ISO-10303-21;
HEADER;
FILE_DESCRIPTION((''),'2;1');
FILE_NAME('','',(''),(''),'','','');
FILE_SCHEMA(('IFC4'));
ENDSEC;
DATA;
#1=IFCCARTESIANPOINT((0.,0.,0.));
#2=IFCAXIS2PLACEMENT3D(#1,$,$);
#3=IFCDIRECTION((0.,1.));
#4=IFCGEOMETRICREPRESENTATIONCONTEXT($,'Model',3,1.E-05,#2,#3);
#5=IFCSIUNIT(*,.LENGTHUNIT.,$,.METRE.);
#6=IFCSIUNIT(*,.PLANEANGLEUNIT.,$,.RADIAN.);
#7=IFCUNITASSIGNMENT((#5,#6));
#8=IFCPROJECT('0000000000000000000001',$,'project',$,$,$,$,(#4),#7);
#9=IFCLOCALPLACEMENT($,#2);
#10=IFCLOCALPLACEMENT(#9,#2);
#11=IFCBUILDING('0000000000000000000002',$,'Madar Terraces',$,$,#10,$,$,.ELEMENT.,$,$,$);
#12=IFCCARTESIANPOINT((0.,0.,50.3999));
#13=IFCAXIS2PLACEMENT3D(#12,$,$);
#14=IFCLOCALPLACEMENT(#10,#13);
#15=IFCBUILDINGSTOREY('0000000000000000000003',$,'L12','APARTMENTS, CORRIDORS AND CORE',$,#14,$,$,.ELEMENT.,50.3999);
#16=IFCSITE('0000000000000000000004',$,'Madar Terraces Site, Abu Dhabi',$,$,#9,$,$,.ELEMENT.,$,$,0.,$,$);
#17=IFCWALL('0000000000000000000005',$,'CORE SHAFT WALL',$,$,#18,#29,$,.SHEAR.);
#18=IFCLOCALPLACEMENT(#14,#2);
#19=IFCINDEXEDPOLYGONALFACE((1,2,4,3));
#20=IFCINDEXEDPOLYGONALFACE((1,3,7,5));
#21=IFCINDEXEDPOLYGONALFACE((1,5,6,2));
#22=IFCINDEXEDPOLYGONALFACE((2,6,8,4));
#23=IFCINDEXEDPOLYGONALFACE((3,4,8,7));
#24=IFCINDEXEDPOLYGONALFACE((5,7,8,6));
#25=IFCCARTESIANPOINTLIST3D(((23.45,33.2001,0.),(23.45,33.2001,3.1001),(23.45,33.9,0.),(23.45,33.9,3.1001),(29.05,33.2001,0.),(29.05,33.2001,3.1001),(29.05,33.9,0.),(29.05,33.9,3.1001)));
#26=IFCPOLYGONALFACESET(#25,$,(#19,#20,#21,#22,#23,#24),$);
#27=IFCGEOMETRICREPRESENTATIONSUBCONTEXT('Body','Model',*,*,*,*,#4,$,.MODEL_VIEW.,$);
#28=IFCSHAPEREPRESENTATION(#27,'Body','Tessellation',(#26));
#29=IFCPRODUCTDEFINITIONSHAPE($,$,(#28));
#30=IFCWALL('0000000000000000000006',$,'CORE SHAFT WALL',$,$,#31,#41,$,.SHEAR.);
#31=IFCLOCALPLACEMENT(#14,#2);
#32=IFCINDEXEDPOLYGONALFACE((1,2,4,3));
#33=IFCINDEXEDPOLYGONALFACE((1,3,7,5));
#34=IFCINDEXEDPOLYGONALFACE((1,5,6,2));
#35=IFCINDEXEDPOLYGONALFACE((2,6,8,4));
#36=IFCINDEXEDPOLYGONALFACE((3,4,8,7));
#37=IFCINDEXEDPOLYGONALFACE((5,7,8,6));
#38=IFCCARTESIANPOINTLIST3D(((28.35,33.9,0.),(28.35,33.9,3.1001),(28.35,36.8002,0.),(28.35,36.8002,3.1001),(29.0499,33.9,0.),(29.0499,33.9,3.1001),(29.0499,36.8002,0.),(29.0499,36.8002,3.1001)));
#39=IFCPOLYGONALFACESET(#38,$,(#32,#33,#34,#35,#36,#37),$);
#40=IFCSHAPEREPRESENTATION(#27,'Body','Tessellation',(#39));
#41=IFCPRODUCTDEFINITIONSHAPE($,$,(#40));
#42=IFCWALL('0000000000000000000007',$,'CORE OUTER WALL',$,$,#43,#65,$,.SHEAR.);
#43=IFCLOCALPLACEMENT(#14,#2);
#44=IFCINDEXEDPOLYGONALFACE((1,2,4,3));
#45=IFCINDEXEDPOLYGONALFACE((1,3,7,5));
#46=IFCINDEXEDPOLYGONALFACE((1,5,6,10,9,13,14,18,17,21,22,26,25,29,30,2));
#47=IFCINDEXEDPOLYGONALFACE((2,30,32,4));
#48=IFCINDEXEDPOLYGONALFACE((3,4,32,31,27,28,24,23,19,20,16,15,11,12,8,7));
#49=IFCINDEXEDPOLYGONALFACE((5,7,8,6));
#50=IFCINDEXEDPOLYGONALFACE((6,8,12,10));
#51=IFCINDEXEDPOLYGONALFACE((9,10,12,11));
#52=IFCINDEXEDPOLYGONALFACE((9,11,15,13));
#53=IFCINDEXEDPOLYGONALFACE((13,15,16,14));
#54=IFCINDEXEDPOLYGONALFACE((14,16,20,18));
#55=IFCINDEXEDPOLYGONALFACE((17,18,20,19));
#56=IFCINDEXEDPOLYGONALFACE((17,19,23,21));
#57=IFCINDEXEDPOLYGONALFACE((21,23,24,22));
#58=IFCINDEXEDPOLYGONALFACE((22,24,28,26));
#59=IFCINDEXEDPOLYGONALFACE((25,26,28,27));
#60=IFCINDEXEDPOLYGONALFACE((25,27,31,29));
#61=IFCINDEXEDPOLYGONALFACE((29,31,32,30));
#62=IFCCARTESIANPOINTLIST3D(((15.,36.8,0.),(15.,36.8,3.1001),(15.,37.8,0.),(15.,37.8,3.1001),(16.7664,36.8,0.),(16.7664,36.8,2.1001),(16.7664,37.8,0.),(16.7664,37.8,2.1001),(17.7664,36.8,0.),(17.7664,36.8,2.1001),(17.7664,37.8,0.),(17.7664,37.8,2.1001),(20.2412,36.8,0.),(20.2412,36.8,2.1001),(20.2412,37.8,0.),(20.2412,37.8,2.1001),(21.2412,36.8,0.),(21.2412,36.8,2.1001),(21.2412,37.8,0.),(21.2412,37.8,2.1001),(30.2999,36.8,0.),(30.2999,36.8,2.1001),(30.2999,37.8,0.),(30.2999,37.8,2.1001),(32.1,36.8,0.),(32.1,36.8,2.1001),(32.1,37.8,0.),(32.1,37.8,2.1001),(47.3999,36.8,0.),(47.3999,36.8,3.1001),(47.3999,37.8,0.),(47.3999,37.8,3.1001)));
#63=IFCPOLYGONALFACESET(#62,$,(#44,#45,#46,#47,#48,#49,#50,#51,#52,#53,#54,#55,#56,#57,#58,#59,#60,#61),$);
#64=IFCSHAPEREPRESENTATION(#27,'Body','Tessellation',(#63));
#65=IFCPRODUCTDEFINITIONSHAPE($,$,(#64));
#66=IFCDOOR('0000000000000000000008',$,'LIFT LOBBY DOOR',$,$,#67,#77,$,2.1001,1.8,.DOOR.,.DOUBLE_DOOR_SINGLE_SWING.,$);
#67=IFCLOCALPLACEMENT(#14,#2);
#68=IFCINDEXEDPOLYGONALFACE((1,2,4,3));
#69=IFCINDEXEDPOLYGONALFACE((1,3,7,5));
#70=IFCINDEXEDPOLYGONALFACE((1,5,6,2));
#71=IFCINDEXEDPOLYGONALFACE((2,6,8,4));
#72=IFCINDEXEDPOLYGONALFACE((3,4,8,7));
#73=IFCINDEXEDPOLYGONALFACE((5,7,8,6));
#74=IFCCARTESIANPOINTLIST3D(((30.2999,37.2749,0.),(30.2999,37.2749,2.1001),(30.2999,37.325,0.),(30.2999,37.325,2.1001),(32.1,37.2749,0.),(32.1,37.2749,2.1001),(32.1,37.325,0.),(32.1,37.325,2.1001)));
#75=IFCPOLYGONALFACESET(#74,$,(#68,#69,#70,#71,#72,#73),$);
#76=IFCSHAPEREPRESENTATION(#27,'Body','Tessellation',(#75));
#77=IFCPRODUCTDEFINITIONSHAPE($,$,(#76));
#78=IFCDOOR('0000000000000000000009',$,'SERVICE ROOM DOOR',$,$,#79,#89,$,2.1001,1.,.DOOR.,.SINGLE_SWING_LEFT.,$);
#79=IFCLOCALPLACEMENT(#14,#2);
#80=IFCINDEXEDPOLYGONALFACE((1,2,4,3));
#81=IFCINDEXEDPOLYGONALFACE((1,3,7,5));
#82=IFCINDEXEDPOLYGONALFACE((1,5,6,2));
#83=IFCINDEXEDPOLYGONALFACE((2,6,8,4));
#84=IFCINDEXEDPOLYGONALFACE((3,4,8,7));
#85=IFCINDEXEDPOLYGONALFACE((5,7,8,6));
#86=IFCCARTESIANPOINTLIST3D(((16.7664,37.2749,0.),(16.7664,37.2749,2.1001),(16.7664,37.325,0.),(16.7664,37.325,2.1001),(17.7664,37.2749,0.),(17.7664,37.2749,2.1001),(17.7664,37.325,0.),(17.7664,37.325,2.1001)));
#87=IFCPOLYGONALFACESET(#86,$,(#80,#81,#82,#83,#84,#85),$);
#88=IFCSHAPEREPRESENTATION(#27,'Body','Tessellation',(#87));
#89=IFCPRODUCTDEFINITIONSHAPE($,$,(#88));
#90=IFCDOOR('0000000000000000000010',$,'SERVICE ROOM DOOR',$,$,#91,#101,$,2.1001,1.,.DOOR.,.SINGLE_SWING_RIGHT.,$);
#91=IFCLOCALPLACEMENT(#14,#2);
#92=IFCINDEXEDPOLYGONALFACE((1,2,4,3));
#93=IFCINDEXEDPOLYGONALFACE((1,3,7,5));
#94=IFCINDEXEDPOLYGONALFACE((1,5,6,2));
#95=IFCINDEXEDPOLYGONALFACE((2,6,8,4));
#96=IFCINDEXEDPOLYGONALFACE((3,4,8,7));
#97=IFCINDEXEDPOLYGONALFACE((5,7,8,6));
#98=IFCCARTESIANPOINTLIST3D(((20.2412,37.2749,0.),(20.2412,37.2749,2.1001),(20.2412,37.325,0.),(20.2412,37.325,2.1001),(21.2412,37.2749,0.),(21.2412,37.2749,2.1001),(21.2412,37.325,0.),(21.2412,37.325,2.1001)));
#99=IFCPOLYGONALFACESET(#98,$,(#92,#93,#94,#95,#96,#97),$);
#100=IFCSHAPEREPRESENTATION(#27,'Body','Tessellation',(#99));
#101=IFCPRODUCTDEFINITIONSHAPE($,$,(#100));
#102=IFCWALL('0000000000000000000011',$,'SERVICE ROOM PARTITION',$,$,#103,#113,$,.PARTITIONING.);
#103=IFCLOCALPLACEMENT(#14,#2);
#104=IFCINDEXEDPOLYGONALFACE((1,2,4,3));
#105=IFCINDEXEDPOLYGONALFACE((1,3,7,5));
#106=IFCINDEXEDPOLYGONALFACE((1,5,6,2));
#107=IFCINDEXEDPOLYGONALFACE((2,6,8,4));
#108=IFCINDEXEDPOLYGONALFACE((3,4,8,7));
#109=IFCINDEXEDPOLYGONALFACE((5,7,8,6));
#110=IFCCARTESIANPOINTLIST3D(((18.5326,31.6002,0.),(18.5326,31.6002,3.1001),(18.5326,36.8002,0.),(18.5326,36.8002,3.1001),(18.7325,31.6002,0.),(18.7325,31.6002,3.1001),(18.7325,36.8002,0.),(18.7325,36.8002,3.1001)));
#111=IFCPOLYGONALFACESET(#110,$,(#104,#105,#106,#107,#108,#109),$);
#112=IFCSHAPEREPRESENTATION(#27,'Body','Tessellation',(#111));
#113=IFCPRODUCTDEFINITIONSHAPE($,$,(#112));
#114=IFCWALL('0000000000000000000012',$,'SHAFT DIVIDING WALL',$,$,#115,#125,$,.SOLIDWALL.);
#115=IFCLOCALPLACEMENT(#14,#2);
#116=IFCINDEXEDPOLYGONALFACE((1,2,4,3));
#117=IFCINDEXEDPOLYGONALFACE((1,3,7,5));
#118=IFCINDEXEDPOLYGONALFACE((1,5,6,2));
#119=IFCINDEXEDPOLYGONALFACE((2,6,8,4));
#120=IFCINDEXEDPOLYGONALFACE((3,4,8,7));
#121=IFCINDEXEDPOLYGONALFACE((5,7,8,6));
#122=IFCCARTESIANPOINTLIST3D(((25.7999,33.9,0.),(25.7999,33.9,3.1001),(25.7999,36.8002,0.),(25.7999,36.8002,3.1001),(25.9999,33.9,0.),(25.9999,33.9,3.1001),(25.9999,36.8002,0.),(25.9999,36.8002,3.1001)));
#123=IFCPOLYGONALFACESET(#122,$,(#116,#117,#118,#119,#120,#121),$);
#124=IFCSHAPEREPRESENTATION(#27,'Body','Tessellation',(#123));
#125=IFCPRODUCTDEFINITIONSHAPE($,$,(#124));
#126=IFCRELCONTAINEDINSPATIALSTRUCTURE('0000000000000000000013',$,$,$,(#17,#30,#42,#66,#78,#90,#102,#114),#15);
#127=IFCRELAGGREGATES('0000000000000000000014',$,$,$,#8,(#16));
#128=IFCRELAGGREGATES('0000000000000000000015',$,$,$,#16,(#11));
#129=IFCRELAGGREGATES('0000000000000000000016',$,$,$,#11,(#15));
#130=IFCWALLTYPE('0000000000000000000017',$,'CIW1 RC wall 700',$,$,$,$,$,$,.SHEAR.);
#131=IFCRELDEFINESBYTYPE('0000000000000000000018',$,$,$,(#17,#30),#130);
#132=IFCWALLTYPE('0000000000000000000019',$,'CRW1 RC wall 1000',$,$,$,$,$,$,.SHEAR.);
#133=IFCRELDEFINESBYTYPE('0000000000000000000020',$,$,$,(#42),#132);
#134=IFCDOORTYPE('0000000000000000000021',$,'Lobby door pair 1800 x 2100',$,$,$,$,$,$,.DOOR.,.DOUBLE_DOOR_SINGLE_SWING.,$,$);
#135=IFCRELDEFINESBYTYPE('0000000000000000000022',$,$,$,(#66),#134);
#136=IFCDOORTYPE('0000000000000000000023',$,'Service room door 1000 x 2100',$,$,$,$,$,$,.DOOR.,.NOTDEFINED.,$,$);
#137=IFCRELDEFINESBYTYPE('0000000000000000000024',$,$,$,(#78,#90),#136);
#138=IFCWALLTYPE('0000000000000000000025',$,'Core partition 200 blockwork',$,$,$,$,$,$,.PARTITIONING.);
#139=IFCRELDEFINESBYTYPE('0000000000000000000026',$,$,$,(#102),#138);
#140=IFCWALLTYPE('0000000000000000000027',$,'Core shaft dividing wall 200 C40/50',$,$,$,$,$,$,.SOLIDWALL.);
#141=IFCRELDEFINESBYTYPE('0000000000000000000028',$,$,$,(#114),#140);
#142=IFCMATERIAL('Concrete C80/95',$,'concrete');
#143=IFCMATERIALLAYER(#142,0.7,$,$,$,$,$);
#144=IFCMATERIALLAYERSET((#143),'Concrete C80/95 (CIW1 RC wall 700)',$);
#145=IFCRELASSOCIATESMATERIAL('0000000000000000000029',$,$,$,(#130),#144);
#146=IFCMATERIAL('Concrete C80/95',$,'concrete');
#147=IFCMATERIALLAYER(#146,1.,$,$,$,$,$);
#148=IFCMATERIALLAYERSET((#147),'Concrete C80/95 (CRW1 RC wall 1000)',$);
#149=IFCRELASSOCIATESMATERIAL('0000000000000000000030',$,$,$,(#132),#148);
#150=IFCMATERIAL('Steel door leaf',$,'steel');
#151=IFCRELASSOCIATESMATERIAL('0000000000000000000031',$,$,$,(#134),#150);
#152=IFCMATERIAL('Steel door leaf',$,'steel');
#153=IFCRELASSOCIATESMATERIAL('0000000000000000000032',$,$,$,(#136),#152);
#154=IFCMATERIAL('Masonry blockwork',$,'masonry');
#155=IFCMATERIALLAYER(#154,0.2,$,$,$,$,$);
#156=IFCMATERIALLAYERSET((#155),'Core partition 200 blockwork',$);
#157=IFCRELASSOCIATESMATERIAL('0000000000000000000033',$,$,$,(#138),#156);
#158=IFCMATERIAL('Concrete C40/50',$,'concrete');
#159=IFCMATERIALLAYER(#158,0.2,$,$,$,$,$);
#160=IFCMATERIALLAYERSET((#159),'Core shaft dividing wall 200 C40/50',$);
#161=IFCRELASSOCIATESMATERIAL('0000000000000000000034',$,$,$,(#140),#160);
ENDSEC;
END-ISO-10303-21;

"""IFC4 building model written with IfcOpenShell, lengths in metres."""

from ifc_helpers import new_model, si_unit, direction, frame, frame_2d, origin, place, context, subcontext, project, spatial, rectangle, extrude, material, layer, layer_set, type_object, element, fill, save


model = new_model("IFC4")

# Units and contexts
model_context = context("Model", 3, precision=1e-05, world=origin(), true_north=direction((0.0, 1.0)))
body_context = subcontext(model_context, "Body", "Model", "MODEL_VIEW")
ifc_project = project(units=[si_unit("LENGTHUNIT", "METRE"), si_unit("PLANEANGLEUNIT", "RADIAN")], contexts=[model_context])

# Site, building, storey
site_placement = place(None, origin())
site = spatial("IfcSite", under=ifc_project, at=site_placement, Name="Madar Terraces Site, Abu Dhabi", CompositionType="ELEMENT", RefElevation=0.0)
building_placement = place(site_placement, origin())
building = spatial("IfcBuilding", under=site, at=building_placement, Name="Madar Terraces", CompositionType="ELEMENT")
storey_placement = place(building_placement, frame((0.0, 0.0, 50.3999)))
storey = spatial("IfcBuildingStorey", under=building, at=storey_placement, Name="L12", Description="APARTMENTS, CORRIDORS AND CORE", CompositionType="ELEMENT", Elevation=50.3999)

# Walls
ifc_material_1 = material(Name="Concrete C80/95", Category="concrete")
ifc_layer_1 = layer(ifc_material_1, 0.7)
ifc_layer_set_1 = layer_set([ifc_layer_1], Name="Concrete C80/95 (CIW1 RC wall 700)")
wall_type_1 = type_object("IfcWallType", Name="CIW1 RC wall 700", PredefinedType="SHEAR", material=ifc_layer_set_1)
wall_1_placement = place(storey_placement, frame((23.45, 33.55, 0.0), z_axis=(0.0, 0.0, 1.0), x_axis=(1.0, 0.0, 0.0)))
element("IfcWall", 1, at=wall_1_placement, inside=storey, type_object=wall_type_1, Name="CORE SHAFT WALL", PredefinedType="SHEAR", context=body_context, shape_type="SweptSolid", body=[
    extrude(rectangle(XDim=5.6001, YDim=0.7, at=frame_2d((2.8, 0.0))), origin(), (0.0, 0.0, 1.0), 3.1001),
])
wall_2_placement = place(storey_placement, frame((28.7, 33.8999, 0.0), z_axis=(0.0, 0.0, 1.0), x_axis=(0.0, 1.0, 0.0)))
element("IfcWall", 2, at=wall_2_placement, inside=storey, type_object=wall_type_1, Name="CORE SHAFT WALL", PredefinedType="SHEAR", context=body_context, shape_type="SweptSolid", body=[
    extrude(rectangle(XDim=2.9001, YDim=0.7, at=frame_2d((1.4502, 0.0))), origin(), (0.0, 0.0, 1.0), 3.1001),
])

# Wall, openings, doors
ifc_material_2 = material(Name="Concrete C80/95", Category="concrete")
ifc_layer_2 = layer(ifc_material_2, 1.0)
ifc_layer_set_2 = layer_set([ifc_layer_2], Name="Concrete C80/95 (CRW1 RC wall 1000)")
wall_type_2 = type_object("IfcWallType", Name="CRW1 RC wall 1000", PredefinedType="SHEAR", material=ifc_layer_set_2)
wall_3_placement = place(storey_placement, frame((15.0, 37.3, 0.0), z_axis=(0.0, 0.0, 1.0), x_axis=(1.0, 0.0, 0.0)))
wall_3 = element("IfcWall", 3, at=wall_3_placement, inside=storey, type_object=wall_type_2, Name="CORE OUTER WALL", PredefinedType="SHEAR", context=body_context, shape_type="SweptSolid", body=[
    extrude(rectangle(XDim=32.3999, YDim=1.0, at=frame_2d((16.2, 0.0))), origin(), (0.0, 0.0, 1.0), 3.1001),
])
opening_1_placement = place(wall_3_placement, frame((15.3, 0.0, 0.0)))
opening_1 = element("IfcOpeningElement", 4, at=opening_1_placement, cuts=wall_3, PredefinedType="OPENING", context=body_context, shape_type="SweptSolid", body=[
    extrude(rectangle(XDim=1.8, YDim=2.1001, at=frame_2d((0.8999, 1.05))), frame((0.0, 0.51, 0.0), z_axis=(0.0, -1.0, 0.0), x_axis=(1.0, 0.0, 0.0)), (0.0, 0.0, 1.0), 1.02),
])
opening_2_placement = place(wall_3_placement, frame((1.7664, 0.0, 0.0)))
opening_2 = element("IfcOpeningElement", 5, at=opening_2_placement, cuts=wall_3, PredefinedType="OPENING", context=body_context, shape_type="SweptSolid", body=[
    extrude(rectangle(XDim=1.0, YDim=2.1001, at=frame_2d((0.5, 1.05))), frame((0.0, 0.51, 0.0), z_axis=(0.0, -1.0, 0.0), x_axis=(1.0, 0.0, 0.0)), (0.0, 0.0, 1.0), 1.02),
])
opening_3_placement = place(wall_3_placement, frame((5.2412, 0.0, 0.0)))
opening_3 = element("IfcOpeningElement", 6, at=opening_3_placement, cuts=wall_3, PredefinedType="OPENING", context=body_context, shape_type="SweptSolid", body=[
    extrude(rectangle(XDim=1.0, YDim=2.1001, at=frame_2d((0.5, 1.05))), frame((0.0, 0.51, 0.0), z_axis=(0.0, -1.0, 0.0), x_axis=(1.0, 0.0, 0.0)), (0.0, 0.0, 1.0), 1.02),
])
ifc_material_3 = material(Name="Steel door leaf", Category="steel")
door_type_1 = type_object("IfcDoorType", Name="Lobby door pair 1800 x 2100", OperationType="DOUBLE_DOOR_SINGLE_SWING", PredefinedType="DOOR", material=ifc_material_3)
door_1_placement = place(opening_1_placement, origin())
door_1 = element("IfcDoor", 7, at=door_1_placement, inside=storey, type_object=door_type_1, Name="LIFT LOBBY DOOR", OperationType="DOUBLE_DOOR_SINGLE_SWING", OverallHeight=2.1001, OverallWidth=1.8, PredefinedType="DOOR", context=body_context, shape_type="SweptSolid", body=[
    extrude(rectangle(XDim=1.8, YDim=2.1001, at=frame_2d((0.8999, 1.05))), frame((0.0, 0.0249, 0.0), z_axis=(0.0, -1.0, 0.0), x_axis=(1.0, 0.0, 0.0)), (0.0, 0.0, 1.0), 0.05),
])
fill(opening_1, door_1)
ifc_material_4 = material(Name="Steel door leaf", Category="steel")
door_type_2 = type_object("IfcDoorType", Name="Service room door 1000 x 2100", OperationType="NOTDEFINED", PredefinedType="DOOR", material=ifc_material_4)
door_2_placement = place(opening_2_placement, origin())
door_2 = element("IfcDoor", 8, at=door_2_placement, inside=storey, type_object=door_type_2, Name="SERVICE ROOM DOOR", OperationType="SINGLE_SWING_LEFT", OverallHeight=2.1001, OverallWidth=1.0, PredefinedType="DOOR", context=body_context, shape_type="SweptSolid", body=[
    extrude(rectangle(XDim=1.0, YDim=2.1001, at=frame_2d((0.5, 1.05))), frame((0.0, 0.0249, 0.0), z_axis=(0.0, -1.0, 0.0), x_axis=(1.0, 0.0, 0.0)), (0.0, 0.0, 1.0), 0.05),
])
fill(opening_2, door_2)
door_3_placement = place(opening_3_placement, origin())
door_3 = element("IfcDoor", 9, at=door_3_placement, inside=storey, type_object=door_type_2, Name="SERVICE ROOM DOOR", OperationType="SINGLE_SWING_RIGHT", OverallHeight=2.1001, OverallWidth=1.0, PredefinedType="DOOR", context=body_context, shape_type="SweptSolid", body=[
    extrude(rectangle(XDim=1.0, YDim=2.1001, at=frame_2d((0.5, 1.05))), frame((0.0, 0.0249, 0.0), z_axis=(0.0, -1.0, 0.0), x_axis=(1.0, 0.0, 0.0)), (0.0, 0.0, 1.0), 0.05),
])
fill(opening_3, door_3)

# Walls
ifc_material_5 = material(Name="Masonry blockwork", Category="masonry")
ifc_layer_3 = layer(ifc_material_5, 0.2)
ifc_layer_set_3 = layer_set([ifc_layer_3], Name="Core partition 200 blockwork")
wall_type_3 = type_object("IfcWallType", Name="Core partition 200 blockwork", PredefinedType="PARTITIONING", material=ifc_layer_set_3)
wall_4_placement = place(storey_placement, frame((18.6326, 31.6001, 0.0), z_axis=(0.0, 0.0, 1.0), x_axis=(0.0, 1.0, 0.0)))
element("IfcWall", 10, at=wall_4_placement, inside=storey, type_object=wall_type_3, Name="SERVICE ROOM PARTITION", PredefinedType="PARTITIONING", context=body_context, shape_type="SweptSolid", body=[
    extrude(rectangle(XDim=5.2, YDim=0.2, at=frame_2d((2.6001, 0.0))), origin(), (0.0, 0.0, 1.0), 3.1001),
])
ifc_material_6 = material(Name="Concrete C40/50", Category="concrete")
ifc_layer_4 = layer(ifc_material_6, 0.2)
ifc_layer_set_4 = layer_set([ifc_layer_4], Name="Core shaft dividing wall 200 C40/50")
wall_type_4 = type_object("IfcWallType", Name="Core shaft dividing wall 200 C40/50", PredefinedType="SOLIDWALL", material=ifc_layer_set_4)
wall_5_placement = place(storey_placement, frame((25.8999, 33.8999, 0.0), z_axis=(0.0, 0.0, 1.0), x_axis=(0.0, 1.0, 0.0)))
element("IfcWall", 11, at=wall_5_placement, inside=storey, type_object=wall_type_4, Name="SHAFT DIVIDING WALL", PredefinedType="SOLIDWALL", context=body_context, shape_type="SweptSolid", body=[
    extrude(rectangle(XDim=2.9001, YDim=0.2, at=frame_2d((1.4502, 0.0))), origin(), (0.0, 0.0, 1.0), 3.1001),
])

save(model, "model.ifc")
